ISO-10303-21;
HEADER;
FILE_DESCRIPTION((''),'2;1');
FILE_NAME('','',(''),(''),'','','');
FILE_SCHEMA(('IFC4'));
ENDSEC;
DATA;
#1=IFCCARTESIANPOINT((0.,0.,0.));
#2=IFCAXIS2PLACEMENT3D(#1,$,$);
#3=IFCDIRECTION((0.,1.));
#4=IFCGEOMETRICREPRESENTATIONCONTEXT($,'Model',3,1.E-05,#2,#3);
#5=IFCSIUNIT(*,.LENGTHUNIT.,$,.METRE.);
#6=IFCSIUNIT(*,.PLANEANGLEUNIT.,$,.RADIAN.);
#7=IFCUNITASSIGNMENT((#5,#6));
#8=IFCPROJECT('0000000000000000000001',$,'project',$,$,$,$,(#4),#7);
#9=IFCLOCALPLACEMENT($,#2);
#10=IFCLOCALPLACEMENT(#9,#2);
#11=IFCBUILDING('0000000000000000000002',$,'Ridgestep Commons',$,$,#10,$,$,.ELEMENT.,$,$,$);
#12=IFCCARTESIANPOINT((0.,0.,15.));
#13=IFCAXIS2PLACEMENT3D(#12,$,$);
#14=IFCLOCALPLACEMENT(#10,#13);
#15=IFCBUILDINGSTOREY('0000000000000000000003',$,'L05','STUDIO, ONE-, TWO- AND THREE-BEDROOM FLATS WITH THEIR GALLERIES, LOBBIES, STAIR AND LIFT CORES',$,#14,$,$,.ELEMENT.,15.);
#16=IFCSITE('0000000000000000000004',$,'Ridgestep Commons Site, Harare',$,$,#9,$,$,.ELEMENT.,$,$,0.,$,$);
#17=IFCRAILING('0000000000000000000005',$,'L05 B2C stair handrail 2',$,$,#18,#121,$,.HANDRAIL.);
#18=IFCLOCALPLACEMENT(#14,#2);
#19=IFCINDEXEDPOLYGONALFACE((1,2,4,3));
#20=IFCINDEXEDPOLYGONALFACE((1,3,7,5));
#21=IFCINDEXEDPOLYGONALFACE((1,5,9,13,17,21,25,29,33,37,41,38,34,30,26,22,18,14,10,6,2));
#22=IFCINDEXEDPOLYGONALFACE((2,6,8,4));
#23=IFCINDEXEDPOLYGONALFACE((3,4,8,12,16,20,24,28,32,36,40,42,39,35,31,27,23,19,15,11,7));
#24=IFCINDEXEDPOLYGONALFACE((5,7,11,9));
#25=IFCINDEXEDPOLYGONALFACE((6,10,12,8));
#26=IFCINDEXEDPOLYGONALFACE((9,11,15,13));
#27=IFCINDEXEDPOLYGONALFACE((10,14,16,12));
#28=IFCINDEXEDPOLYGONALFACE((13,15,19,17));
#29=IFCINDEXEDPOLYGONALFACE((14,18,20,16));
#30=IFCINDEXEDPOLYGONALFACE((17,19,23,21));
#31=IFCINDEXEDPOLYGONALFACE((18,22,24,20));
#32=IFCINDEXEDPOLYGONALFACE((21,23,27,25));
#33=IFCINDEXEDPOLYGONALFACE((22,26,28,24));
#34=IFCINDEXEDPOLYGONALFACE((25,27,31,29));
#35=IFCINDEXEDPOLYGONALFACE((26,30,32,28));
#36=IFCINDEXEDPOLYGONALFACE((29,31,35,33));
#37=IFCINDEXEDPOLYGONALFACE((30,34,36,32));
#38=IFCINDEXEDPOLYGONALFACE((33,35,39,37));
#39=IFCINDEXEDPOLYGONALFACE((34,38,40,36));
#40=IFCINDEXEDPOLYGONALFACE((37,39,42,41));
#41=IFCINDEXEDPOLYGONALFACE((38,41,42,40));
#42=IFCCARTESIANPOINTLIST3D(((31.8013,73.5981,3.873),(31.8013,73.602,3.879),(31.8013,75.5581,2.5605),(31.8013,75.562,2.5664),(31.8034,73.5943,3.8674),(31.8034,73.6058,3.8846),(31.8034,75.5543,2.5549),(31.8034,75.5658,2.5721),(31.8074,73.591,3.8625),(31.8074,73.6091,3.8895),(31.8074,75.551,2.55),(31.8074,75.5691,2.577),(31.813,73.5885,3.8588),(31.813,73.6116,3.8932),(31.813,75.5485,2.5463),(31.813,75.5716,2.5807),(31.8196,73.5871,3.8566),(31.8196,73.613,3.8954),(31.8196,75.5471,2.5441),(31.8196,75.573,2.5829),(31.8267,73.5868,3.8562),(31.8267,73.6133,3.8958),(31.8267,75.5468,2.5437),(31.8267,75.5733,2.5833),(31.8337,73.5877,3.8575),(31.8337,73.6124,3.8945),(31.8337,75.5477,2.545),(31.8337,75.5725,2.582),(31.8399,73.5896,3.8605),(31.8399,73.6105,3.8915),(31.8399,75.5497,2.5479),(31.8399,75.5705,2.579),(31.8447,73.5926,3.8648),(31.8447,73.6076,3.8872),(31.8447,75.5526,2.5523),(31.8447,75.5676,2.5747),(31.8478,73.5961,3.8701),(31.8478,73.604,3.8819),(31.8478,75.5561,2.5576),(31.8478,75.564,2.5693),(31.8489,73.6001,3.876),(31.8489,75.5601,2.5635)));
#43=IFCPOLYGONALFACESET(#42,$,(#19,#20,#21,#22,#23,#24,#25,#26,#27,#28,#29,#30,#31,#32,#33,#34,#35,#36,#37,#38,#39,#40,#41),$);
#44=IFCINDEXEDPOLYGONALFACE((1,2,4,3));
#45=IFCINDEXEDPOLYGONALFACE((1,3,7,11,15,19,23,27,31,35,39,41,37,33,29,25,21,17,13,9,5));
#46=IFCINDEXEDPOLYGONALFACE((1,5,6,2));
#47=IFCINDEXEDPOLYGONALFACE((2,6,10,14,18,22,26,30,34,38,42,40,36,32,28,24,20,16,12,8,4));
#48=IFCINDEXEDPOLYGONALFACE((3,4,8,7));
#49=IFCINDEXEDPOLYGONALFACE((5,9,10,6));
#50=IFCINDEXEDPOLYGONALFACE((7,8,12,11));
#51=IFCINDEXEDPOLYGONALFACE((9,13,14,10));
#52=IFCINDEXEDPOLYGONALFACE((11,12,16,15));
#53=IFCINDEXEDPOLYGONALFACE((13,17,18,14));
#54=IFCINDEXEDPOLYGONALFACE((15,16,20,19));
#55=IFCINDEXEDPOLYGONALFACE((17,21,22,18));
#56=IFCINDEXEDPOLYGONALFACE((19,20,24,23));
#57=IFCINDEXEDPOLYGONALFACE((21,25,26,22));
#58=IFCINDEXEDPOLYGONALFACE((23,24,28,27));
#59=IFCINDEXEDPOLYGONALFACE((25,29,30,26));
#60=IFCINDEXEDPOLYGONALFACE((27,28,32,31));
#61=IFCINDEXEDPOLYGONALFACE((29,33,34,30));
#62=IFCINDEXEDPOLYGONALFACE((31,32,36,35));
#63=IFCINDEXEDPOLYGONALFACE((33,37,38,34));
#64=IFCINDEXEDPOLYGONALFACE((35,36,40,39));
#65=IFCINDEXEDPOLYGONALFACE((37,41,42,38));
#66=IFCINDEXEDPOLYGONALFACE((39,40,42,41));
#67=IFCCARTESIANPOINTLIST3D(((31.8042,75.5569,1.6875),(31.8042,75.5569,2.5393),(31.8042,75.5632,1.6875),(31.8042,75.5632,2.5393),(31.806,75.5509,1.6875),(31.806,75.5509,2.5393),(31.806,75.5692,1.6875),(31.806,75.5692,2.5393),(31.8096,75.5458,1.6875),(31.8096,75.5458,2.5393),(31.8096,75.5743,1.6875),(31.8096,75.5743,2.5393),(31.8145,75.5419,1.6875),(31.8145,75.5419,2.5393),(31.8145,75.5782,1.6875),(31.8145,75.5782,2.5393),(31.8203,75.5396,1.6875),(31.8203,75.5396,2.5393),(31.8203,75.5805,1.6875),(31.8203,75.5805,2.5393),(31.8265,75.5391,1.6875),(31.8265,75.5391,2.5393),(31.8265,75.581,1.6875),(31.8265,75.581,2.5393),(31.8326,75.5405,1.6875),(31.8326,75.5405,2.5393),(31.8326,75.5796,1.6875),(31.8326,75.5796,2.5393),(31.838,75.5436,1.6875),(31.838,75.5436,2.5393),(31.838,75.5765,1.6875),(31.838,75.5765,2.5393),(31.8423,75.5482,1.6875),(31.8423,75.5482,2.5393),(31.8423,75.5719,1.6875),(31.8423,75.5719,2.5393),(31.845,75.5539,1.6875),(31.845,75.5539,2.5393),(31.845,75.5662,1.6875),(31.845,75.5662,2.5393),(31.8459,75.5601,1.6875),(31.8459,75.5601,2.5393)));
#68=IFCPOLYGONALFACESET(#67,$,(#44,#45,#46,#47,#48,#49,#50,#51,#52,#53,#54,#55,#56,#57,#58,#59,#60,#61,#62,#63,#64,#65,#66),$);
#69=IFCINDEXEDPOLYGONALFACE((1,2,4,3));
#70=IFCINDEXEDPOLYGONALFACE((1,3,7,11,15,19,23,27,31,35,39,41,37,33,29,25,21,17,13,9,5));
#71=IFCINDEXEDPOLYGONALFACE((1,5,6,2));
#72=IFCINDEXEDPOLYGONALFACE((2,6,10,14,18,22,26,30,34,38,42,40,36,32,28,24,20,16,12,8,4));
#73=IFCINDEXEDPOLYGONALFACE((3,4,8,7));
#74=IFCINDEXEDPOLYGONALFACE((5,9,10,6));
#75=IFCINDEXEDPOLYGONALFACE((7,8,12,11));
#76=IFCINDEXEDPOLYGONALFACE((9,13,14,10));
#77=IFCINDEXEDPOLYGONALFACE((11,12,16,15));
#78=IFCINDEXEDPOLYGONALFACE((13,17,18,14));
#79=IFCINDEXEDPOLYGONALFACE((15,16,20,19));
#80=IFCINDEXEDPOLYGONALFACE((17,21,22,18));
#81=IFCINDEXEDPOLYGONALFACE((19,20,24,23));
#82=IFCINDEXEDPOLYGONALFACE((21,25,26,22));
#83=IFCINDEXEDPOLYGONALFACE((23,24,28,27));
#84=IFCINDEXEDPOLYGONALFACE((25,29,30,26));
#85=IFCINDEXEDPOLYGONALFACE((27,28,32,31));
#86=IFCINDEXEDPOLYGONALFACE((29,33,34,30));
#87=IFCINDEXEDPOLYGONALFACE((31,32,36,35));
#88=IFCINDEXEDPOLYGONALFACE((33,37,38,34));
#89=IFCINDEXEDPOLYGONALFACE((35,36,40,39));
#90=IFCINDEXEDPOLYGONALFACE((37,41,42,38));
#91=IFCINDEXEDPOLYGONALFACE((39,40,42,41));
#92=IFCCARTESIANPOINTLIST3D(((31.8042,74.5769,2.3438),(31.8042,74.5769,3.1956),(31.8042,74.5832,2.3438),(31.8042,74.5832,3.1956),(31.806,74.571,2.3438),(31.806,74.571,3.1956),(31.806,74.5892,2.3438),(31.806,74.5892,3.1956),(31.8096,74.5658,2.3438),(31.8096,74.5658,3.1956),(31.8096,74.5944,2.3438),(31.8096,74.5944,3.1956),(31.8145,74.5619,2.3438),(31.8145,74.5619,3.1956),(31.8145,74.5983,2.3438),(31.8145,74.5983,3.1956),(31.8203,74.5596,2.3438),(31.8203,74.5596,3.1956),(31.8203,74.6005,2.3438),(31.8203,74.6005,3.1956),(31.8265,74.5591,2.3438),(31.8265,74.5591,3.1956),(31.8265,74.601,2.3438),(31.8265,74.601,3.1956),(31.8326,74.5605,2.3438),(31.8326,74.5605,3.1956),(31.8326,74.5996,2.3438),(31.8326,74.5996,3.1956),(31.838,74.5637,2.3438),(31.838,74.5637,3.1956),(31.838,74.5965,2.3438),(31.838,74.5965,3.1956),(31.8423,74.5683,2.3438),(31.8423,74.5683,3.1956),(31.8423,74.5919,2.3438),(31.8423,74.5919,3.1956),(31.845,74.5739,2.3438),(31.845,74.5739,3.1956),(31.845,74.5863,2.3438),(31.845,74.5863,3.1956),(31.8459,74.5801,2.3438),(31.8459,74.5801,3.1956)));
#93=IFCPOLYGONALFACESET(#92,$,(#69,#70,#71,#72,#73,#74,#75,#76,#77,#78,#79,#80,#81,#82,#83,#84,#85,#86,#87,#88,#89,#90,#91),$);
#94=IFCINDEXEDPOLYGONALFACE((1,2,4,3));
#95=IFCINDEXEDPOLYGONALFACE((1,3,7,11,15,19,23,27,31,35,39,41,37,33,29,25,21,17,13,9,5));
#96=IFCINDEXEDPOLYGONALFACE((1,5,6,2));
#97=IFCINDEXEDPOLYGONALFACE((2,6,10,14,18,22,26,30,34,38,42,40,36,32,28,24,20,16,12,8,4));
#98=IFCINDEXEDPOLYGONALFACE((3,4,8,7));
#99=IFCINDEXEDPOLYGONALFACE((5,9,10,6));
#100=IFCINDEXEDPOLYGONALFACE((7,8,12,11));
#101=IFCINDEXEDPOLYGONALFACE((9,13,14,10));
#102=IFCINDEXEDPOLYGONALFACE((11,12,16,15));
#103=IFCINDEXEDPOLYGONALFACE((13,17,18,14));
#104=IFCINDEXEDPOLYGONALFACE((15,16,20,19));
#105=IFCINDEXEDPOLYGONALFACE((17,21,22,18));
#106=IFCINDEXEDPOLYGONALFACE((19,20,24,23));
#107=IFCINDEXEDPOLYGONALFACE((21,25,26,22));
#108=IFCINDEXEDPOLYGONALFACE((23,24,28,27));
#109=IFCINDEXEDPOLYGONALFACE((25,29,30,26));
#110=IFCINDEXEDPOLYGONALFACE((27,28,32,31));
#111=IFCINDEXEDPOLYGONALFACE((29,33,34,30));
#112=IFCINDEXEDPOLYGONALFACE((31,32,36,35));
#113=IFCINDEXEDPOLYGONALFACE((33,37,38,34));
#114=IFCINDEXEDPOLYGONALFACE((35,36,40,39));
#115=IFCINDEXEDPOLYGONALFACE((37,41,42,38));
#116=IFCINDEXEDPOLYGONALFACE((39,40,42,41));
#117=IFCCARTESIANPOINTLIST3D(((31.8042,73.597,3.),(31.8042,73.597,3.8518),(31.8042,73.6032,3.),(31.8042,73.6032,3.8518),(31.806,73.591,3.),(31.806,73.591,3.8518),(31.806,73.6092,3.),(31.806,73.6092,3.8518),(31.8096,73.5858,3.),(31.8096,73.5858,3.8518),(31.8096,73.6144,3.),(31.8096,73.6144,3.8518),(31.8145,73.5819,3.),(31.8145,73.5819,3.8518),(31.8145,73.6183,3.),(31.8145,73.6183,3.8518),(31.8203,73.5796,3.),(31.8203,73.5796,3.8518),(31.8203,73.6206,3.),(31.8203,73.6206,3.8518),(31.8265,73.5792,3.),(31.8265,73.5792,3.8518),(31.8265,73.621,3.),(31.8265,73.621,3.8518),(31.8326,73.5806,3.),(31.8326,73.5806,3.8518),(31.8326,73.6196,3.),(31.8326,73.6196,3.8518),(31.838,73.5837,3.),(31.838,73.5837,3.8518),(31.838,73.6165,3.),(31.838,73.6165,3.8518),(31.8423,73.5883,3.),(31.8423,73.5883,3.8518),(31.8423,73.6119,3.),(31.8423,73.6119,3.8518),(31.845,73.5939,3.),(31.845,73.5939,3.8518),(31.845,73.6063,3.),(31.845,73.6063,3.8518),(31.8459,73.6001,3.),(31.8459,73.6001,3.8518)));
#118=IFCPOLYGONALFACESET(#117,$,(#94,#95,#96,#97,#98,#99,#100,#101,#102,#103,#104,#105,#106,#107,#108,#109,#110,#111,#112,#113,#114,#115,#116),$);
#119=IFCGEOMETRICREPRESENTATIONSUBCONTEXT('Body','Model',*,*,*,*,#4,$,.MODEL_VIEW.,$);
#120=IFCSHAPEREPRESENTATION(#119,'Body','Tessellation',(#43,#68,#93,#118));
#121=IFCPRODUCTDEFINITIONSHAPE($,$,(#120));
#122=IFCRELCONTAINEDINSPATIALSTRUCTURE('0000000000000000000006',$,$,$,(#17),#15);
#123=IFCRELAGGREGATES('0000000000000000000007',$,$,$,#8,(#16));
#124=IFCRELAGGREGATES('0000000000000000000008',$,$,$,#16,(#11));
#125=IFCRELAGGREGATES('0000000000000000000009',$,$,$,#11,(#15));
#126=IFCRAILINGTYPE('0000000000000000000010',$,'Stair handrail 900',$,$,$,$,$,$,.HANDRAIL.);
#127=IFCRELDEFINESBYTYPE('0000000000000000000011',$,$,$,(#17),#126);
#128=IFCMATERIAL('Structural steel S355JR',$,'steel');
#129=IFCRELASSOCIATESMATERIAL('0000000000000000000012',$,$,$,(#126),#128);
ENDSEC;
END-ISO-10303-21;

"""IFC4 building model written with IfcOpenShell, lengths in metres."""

from ifc_helpers import new_model, si_unit, direction, frame, origin, origin_2d, place, context, subcontext, project, spatial, circle, extrude, material, type_object, element, save


model = new_model("IFC4")

# Units and contexts
model_context = context("Model", 3, precision=1e-05, world=origin(), true_north=direction((0.0, 1.0)))
body_context = subcontext(model_context, "Body", "Model", "MODEL_VIEW")
ifc_project = project(units=[si_unit("LENGTHUNIT", "METRE"), si_unit("PLANEANGLEUNIT", "RADIAN")], contexts=[model_context])

# Site, building, storey
site_placement = place(None, origin())
site = spatial("IfcSite", under=ifc_project, at=site_placement, Name="Ridgestep Commons Site, Harare", CompositionType="ELEMENT", RefElevation=0.0)
building_placement = place(site_placement, origin())
building = spatial("IfcBuilding", under=site, at=building_placement, Name="Ridgestep Commons", CompositionType="ELEMENT")
storey_placement = place(building_placement, frame((0.0, 0.0, 15.0)))
storey = spatial("IfcBuildingStorey", under=building, at=storey_placement, Name="L05", Description="STUDIO, ONE-, TWO- AND THREE-BEDROOM FLATS WITH THEIR GALLERIES, LOBBIES, STAIR AND LIFT CORES", CompositionType="ELEMENT", Elevation=15.0)

# Railing
ifc_material_1 = material(Name="Structural steel S355JR", Category="steel")
railing_type_1 = type_object("IfcRailingType", Name="Stair handrail 900", PredefinedType="HANDRAIL", material=ifc_material_1)
railing_1_placement = place(storey_placement, frame((31.825, 75.5601, 1.6875)))
element("IfcRailing", 1, at=railing_1_placement, inside=storey, type_object=railing_type_1, Name="L05 B2C stair handrail 2", PredefinedType="HANDRAIL", context=body_context, shape_type="SweptSolid", body=[
    extrude(circle(Radius=0.0239, at=origin_2d()), frame((0.0, 0.0, 0.876), z_axis=(0.0, -0.830902, 0.556419), x_axis=(1.0, 0.0, 0.0)), (0.0, 0.0, 1.0), 2.3589),
    extrude(circle(Radius=0.021, at=origin_2d()), origin(), (0.0, 0.0, 1.0), 0.8518),
    extrude(circle(Radius=0.021, at=origin_2d()), frame((0.0, -0.98, 0.6562)), (0.0, 0.0, 1.0), 0.8518),
    extrude(circle(Radius=0.021, at=origin_2d()), frame((0.0, -1.96, 1.3125)), (0.0, 0.0, 1.0), 0.8518),
])

save(model, "model.ifc")
